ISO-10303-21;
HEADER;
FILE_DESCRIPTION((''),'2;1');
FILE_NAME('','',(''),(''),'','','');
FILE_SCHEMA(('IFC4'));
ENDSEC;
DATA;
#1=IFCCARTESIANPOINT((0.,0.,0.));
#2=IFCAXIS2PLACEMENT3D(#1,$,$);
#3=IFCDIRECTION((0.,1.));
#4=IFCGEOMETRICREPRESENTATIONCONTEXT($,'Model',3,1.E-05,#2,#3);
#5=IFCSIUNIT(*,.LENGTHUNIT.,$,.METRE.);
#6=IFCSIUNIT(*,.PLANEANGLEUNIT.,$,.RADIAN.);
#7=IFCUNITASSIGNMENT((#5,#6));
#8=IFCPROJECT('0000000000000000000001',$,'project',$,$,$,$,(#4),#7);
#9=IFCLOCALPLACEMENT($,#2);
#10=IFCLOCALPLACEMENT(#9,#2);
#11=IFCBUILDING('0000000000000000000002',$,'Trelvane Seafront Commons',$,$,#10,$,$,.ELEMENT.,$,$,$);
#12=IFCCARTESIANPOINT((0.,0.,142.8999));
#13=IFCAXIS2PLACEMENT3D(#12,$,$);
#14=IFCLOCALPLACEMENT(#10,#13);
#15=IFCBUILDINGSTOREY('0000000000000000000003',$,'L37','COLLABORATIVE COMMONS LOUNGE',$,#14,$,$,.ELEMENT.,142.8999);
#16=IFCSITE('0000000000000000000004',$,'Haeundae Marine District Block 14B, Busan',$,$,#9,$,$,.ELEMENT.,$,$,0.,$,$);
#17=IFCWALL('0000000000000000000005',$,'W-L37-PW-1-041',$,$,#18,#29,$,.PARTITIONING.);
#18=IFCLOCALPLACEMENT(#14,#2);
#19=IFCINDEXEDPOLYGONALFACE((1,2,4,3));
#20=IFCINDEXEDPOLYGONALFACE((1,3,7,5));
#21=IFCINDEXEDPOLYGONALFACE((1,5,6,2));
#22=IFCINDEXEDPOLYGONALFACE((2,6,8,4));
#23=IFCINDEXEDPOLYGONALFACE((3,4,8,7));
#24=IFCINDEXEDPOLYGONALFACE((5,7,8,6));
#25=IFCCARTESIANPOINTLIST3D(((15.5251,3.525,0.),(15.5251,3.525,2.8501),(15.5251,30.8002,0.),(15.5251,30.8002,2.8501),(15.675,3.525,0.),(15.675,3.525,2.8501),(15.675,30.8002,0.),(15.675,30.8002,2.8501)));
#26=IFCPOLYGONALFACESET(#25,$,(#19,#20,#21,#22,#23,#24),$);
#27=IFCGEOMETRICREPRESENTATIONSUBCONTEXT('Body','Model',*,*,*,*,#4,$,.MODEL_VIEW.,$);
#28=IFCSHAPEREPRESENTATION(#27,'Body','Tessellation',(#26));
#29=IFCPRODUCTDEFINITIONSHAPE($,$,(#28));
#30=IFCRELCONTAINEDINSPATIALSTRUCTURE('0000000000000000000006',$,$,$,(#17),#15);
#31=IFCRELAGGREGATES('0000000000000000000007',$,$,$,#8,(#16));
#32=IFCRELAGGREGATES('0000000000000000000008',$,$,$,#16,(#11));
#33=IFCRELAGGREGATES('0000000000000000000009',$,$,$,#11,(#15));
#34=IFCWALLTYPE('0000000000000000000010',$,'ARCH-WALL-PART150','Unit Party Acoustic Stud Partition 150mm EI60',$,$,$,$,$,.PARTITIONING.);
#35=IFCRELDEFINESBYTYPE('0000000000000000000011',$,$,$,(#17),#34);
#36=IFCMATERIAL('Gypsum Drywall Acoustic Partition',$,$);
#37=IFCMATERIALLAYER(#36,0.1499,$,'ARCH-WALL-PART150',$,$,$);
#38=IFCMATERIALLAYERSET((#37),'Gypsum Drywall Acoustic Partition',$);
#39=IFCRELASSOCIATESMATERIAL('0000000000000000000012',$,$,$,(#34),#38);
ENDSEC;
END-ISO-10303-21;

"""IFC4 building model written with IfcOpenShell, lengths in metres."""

from ifc_helpers import new_model, si_unit, direction, frame, frame_2d, origin, place, context, subcontext, project, spatial, rectangle, extrude, material, layer, layer_set, type_object, element, save


model = new_model("IFC4")

# Units and contexts
model_context = context("Model", 3, precision=1e-05, world=origin(), true_north=direction((0.0, 1.0)))
body_context = subcontext(model_context, "Body", "Model", "MODEL_VIEW")
ifc_project = project(units=[si_unit("LENGTHUNIT", "METRE"), si_unit("PLANEANGLEUNIT", "RADIAN")], contexts=[model_context])

# Site, building, storey
site_placement = place(None, origin())
site = spatial("IfcSite", under=ifc_project, at=site_placement, Name="Haeundae Marine District Block 14B, Busan", CompositionType="ELEMENT", RefElevation=0.0)
building_placement = place(site_placement, origin())
building = spatial("IfcBuilding", under=site, at=building_placement, Name="Trelvane Seafront Commons", CompositionType="ELEMENT")
storey_placement = place(building_placement, frame((0.0, 0.0, 142.8999)))
storey = spatial("IfcBuildingStorey", under=building, at=storey_placement, Name="L37", Description="COLLABORATIVE COMMONS LOUNGE", CompositionType="ELEMENT", Elevation=142.8999)

# Wall
ifc_material_1 = material(Name="Gypsum Drywall Acoustic Partition")
ifc_layer_1 = layer(ifc_material_1, 0.1499, Name="ARCH-WALL-PART150")
ifc_layer_set_1 = layer_set([ifc_layer_1], Name="Gypsum Drywall Acoustic Partition")
wall_type_1 = type_object("IfcWallType", Name="ARCH-WALL-PART150", Description="Unit Party Acoustic Stud Partition 150mm EI60", PredefinedType="PARTITIONING", material=ifc_layer_set_1)
wall_1_placement = place(storey_placement, frame((15.6001, 3.5249, 0.0), z_axis=(0.0, 0.0, 1.0), x_axis=(0.0, 1.0, 0.0)))
element("IfcWall", 1, at=wall_1_placement, inside=storey, type_object=wall_type_1, Name="W-L37-PW-1-041", PredefinedType="PARTITIONING", context=body_context, shape_type="SweptSolid", body=[
    extrude(rectangle(XDim=27.2751, YDim=0.1499, at=frame_2d((13.6377, 0.0))), origin(), (0.0, 0.0, 1.0), 2.8501),
])

save(model, "model.ifc")
